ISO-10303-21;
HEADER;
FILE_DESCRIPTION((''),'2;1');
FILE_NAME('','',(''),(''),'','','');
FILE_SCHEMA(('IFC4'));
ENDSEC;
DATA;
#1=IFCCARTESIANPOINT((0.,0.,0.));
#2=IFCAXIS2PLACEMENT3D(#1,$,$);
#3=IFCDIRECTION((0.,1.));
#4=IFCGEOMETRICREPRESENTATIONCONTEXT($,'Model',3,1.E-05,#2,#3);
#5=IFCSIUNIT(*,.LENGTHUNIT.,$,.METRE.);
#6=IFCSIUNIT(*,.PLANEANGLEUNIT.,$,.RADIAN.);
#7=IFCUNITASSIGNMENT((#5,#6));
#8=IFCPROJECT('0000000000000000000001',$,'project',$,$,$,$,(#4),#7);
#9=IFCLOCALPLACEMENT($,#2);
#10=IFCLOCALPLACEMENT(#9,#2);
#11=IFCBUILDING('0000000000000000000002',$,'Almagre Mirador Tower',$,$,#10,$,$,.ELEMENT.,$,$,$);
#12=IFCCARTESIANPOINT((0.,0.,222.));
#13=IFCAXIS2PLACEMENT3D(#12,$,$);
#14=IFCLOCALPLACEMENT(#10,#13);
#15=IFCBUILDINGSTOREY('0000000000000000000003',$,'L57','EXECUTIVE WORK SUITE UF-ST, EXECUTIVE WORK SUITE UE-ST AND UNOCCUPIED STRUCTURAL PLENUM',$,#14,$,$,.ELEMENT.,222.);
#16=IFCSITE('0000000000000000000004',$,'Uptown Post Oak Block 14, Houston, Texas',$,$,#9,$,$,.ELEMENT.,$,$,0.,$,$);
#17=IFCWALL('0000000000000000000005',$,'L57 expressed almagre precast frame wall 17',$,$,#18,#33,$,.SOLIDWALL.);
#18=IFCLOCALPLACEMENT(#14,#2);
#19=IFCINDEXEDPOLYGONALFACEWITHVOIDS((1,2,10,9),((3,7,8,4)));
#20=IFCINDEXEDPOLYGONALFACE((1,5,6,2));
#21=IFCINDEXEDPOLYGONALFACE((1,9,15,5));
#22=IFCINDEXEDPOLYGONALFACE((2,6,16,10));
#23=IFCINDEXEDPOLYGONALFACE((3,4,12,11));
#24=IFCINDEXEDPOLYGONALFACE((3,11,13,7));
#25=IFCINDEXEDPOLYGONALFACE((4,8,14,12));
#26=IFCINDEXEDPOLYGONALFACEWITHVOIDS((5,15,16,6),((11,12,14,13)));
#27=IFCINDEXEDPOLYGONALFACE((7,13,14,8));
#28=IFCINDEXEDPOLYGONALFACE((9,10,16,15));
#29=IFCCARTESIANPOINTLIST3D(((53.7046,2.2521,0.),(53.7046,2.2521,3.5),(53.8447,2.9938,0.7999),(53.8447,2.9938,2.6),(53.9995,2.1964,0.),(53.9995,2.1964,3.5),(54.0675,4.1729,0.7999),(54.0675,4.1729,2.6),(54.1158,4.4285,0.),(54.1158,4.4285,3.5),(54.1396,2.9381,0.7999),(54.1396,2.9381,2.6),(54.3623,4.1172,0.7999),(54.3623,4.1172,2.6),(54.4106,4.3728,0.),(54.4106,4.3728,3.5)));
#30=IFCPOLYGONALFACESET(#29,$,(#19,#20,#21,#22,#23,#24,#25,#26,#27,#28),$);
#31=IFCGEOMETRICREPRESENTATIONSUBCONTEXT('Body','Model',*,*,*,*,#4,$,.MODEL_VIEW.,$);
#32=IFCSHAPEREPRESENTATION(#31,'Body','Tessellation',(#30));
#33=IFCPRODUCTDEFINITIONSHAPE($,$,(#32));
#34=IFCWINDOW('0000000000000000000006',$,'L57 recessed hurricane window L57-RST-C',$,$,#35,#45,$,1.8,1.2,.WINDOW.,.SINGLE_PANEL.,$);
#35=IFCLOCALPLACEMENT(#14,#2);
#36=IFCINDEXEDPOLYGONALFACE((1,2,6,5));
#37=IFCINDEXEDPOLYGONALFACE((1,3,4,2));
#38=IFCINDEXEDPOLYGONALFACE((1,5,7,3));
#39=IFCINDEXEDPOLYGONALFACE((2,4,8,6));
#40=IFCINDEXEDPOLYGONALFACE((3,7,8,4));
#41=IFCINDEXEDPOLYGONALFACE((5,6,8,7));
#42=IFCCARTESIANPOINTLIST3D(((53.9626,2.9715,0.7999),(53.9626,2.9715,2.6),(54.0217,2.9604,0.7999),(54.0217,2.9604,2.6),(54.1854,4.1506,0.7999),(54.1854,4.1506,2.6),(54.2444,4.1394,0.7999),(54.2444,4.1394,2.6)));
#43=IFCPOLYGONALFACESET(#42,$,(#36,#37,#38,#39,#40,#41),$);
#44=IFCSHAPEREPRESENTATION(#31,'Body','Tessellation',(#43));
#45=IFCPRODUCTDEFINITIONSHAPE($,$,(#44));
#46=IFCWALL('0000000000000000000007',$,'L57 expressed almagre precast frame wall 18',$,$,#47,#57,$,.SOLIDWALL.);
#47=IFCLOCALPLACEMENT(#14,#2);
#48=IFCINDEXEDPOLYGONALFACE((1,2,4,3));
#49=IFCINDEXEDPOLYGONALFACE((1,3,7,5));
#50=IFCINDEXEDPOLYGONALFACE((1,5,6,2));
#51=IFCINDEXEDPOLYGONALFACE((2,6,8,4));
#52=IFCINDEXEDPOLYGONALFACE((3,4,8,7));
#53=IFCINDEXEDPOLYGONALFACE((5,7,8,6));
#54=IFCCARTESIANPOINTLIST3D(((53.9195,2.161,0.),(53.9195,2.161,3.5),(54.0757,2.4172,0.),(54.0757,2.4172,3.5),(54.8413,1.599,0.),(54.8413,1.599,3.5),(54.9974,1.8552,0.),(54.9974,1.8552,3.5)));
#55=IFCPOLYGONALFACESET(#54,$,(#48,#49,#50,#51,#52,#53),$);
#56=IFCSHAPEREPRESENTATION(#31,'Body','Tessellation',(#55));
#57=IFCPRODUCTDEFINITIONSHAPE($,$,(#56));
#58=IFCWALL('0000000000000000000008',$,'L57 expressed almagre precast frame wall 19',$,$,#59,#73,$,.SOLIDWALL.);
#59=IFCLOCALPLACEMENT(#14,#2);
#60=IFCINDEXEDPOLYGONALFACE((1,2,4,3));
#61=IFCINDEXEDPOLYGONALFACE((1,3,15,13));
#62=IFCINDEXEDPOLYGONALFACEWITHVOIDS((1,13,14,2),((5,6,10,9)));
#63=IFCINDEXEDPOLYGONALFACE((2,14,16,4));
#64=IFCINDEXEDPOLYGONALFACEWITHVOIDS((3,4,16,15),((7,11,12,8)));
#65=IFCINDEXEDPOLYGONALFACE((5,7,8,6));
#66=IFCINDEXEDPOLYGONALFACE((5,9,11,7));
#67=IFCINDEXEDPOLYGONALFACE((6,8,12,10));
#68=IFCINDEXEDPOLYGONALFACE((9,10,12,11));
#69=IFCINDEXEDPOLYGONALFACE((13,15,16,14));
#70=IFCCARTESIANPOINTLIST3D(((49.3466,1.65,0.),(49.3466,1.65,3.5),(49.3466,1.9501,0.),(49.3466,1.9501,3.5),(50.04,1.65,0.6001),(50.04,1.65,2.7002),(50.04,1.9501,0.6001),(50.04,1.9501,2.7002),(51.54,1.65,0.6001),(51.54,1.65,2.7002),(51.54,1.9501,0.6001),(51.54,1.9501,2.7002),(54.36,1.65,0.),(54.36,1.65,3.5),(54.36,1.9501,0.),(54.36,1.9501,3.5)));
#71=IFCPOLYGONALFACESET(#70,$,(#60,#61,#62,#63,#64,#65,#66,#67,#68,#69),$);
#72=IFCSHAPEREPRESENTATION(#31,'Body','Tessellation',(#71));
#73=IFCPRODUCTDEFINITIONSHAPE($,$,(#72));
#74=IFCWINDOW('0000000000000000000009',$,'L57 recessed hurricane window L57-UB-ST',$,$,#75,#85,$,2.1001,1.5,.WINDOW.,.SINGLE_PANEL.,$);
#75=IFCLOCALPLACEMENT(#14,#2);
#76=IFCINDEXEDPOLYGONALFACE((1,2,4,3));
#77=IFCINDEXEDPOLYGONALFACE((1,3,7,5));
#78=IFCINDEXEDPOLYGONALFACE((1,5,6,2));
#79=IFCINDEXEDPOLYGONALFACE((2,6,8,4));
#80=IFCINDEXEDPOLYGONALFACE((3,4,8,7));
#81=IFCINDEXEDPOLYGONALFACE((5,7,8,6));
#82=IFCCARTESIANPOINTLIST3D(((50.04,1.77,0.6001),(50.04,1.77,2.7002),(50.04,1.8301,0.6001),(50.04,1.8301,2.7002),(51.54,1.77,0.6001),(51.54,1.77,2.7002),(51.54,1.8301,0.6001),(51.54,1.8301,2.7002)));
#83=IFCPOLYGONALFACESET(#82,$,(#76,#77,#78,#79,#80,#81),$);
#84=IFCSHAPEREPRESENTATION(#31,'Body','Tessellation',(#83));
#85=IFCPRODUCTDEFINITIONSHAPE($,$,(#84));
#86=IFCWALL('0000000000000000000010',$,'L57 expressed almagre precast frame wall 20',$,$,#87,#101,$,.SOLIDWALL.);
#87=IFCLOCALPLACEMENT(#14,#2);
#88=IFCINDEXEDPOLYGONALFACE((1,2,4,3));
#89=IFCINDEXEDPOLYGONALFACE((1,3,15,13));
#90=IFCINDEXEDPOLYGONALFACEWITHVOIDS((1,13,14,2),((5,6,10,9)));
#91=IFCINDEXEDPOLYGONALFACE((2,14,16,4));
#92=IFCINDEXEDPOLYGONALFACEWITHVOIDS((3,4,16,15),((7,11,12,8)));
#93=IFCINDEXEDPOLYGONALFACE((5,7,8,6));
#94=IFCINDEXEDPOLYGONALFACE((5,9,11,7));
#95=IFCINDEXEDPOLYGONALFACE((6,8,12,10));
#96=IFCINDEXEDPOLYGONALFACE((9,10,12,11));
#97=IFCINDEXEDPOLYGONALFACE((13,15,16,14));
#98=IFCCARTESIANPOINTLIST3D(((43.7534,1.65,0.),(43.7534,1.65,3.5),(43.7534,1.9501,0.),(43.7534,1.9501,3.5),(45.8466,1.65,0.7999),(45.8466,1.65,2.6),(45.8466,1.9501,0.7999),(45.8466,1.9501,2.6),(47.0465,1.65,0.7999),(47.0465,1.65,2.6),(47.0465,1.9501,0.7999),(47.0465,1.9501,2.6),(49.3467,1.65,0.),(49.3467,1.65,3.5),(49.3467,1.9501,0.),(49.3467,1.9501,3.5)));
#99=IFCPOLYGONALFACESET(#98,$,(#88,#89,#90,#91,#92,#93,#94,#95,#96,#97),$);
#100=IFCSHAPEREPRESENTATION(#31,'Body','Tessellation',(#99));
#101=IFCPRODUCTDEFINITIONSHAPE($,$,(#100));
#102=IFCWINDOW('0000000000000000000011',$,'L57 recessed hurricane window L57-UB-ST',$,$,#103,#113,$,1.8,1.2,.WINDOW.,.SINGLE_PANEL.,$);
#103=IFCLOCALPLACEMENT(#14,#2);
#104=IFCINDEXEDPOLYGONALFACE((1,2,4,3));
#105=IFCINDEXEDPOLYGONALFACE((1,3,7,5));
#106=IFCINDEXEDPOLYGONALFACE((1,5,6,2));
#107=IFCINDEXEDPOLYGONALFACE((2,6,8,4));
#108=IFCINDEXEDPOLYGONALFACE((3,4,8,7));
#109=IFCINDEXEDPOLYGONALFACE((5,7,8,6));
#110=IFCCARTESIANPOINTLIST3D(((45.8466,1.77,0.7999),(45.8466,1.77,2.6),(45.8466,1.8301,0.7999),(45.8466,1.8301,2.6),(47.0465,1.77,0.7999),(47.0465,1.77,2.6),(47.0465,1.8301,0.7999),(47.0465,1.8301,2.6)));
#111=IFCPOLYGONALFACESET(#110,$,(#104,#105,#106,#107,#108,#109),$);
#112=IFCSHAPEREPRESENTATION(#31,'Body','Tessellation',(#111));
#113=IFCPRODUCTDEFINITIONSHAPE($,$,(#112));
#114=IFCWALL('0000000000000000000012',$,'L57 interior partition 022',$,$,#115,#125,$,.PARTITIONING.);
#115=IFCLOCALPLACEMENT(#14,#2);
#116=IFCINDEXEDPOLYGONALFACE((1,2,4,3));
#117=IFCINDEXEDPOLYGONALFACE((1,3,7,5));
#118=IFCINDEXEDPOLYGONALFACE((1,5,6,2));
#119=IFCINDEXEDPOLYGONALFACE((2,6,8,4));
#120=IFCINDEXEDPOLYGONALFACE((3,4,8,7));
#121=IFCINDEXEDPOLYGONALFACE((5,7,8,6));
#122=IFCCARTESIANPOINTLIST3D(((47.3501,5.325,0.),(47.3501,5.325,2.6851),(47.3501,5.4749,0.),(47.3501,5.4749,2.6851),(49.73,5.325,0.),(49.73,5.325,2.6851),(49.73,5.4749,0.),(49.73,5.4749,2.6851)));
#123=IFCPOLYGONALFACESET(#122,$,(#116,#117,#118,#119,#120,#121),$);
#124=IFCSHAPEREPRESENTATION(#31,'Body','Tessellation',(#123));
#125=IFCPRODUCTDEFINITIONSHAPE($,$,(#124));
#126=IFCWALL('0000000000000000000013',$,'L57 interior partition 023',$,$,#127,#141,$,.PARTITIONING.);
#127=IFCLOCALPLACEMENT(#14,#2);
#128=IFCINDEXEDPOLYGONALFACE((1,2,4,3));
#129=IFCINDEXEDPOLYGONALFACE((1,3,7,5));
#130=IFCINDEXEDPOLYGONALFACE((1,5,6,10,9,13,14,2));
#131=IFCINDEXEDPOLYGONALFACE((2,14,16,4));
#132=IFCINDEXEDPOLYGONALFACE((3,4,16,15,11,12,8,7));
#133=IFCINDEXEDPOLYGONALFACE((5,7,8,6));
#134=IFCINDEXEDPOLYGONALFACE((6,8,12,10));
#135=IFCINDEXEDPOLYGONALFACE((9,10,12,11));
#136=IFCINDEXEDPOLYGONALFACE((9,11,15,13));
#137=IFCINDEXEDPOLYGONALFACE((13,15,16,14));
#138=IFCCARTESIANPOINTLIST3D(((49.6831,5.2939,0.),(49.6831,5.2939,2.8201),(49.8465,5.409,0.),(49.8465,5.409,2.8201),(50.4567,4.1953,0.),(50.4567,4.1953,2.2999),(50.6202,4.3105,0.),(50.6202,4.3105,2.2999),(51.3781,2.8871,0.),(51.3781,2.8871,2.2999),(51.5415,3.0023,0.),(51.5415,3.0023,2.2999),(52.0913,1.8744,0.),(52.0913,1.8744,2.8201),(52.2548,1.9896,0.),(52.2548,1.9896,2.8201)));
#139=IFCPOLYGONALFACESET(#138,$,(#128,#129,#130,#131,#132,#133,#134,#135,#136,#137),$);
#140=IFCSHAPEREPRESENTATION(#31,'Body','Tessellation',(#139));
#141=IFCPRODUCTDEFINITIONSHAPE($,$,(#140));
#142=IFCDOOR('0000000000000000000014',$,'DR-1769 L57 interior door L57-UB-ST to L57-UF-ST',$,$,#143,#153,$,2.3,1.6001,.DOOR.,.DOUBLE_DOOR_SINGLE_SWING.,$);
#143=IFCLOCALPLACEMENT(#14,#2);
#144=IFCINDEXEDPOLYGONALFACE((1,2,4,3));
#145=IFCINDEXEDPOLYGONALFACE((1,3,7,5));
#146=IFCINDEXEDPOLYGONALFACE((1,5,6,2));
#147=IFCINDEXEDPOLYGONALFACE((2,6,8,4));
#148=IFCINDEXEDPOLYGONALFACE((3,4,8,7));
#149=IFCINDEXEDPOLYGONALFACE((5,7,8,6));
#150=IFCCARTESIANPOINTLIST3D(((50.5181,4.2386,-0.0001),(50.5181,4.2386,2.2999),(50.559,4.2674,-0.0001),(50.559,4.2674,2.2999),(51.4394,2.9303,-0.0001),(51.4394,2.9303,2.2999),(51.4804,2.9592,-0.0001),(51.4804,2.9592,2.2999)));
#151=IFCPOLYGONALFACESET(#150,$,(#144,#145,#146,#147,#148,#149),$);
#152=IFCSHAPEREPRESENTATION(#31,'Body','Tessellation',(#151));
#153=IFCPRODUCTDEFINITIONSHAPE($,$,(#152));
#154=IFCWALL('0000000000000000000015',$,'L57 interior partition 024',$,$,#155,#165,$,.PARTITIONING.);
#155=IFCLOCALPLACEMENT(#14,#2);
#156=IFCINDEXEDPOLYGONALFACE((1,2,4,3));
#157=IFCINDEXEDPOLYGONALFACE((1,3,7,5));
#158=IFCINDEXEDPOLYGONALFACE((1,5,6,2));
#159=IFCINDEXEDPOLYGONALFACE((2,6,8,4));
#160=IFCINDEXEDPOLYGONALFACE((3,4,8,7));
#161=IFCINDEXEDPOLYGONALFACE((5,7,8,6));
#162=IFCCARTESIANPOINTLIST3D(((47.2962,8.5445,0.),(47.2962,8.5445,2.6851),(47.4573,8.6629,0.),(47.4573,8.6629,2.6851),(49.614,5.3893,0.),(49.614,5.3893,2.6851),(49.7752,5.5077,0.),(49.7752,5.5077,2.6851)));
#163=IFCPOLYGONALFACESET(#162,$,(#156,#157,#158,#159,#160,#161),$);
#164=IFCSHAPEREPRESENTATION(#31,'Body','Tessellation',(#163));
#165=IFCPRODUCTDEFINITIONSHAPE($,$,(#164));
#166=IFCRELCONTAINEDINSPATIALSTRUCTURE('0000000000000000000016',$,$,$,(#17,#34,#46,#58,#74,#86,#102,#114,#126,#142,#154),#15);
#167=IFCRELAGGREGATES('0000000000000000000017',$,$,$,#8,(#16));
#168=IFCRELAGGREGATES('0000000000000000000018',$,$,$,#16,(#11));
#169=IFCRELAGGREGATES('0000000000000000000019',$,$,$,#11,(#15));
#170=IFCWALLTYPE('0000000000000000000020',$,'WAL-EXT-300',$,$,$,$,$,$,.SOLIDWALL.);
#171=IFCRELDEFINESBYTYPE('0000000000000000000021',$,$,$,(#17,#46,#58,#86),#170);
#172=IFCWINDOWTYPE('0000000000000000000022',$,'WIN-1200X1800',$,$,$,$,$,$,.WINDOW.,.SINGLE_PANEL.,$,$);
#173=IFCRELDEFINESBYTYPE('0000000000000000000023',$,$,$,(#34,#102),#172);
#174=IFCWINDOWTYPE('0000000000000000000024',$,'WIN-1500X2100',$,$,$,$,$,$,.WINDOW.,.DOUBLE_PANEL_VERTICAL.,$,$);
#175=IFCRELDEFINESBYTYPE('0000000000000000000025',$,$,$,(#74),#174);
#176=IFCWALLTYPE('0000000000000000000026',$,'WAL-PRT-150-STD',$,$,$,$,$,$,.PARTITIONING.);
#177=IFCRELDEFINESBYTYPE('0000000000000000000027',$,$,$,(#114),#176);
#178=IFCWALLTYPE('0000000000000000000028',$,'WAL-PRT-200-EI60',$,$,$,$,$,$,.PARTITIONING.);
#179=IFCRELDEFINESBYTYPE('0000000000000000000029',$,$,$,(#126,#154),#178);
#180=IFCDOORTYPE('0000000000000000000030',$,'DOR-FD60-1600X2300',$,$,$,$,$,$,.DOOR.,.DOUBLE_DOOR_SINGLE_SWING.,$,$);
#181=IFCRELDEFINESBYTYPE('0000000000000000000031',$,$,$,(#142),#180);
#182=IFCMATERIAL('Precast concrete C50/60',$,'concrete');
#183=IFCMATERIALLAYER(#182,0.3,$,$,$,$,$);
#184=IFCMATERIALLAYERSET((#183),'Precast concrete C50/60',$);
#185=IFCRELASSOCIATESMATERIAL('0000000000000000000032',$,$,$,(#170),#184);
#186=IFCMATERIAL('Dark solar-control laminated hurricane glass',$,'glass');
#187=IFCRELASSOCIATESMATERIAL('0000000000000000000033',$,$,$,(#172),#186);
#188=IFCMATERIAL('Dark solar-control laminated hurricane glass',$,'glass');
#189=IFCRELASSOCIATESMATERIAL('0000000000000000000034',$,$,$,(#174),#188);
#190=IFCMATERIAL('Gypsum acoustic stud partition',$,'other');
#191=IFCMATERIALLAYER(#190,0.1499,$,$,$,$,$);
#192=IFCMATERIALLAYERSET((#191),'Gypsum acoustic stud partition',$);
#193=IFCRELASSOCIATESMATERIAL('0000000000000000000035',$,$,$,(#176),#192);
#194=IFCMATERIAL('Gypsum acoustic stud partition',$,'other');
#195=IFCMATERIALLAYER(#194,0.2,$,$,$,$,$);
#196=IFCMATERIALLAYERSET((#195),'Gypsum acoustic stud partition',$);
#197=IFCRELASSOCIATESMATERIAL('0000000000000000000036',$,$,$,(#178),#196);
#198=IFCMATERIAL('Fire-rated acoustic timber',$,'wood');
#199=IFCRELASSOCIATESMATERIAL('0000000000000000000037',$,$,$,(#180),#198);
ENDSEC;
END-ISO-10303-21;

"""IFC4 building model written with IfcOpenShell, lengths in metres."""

from ifc_helpers import new_model, si_unit, direction, frame, frame_2d, origin, place, context, subcontext, project, spatial, rectangle, extrude, material, layer, layer_set, type_object, element, fill, save


model = new_model("IFC4")

# Units and contexts
model_context = context("Model", 3, precision=1e-05, world=origin(), true_north=direction((0.0, 1.0)))
body_context = subcontext(model_context, "Body", "Model", "MODEL_VIEW")
ifc_project = project(units=[si_unit("LENGTHUNIT", "METRE"), si_unit("PLANEANGLEUNIT", "RADIAN")], contexts=[model_context])

# Site, building, storey
site_placement = place(None, origin())
site = spatial("IfcSite", under=ifc_project, at=site_placement, Name="Uptown Post Oak Block 14, Houston, Texas", CompositionType="ELEMENT", RefElevation=0.0)
building_placement = place(site_placement, origin())
building = spatial("IfcBuilding", under=site, at=building_placement, Name="Almagre Mirador Tower", CompositionType="ELEMENT")
storey_placement = place(building_placement, frame((0.0, 0.0, 222.0)))
storey = spatial("IfcBuildingStorey", under=building, at=storey_placement, Name="L57", Description="EXECUTIVE WORK SUITE UF-ST, EXECUTIVE WORK SUITE UE-ST AND UNOCCUPIED STRUCTURAL PLENUM", CompositionType="ELEMENT", Elevation=222.0)

# Shared definitions
ifc_material_1 = material(Name="Precast concrete C50/60", Category="concrete")
ifc_layer_1 = layer(ifc_material_1, 0.3)
ifc_layer_set_1 = layer_set([ifc_layer_1], Name="Precast concrete C50/60")
wall_type_1 = type_object("IfcWallType", Name="WAL-EXT-300", PredefinedType="SOLIDWALL", material=ifc_layer_set_1)

# Wall, opening, window
wall_1_placement = place(storey_placement, frame((54.2632, 4.4006, 0.0), z_axis=(0.0, 0.0, 1.0), x_axis=(-0.185633, -0.982619, 0.0)))
wall_1 = element("IfcWall", 1, at=wall_1_placement, inside=storey, type_object=wall_type_1, Name="L57 expressed almagre precast frame wall 17", PredefinedType="SOLIDWALL", context=body_context, shape_type="SweptSolid", body=[
    extrude(rectangle(XDim=2.2148, YDim=0.3, at=frame_2d((1.1074, 0.0))), origin(), (0.0, 0.0, 1.0), 3.5),
])
opening_1_placement = place(wall_1_placement, frame((0.26, 0.0, 0.8)))
opening_1 = element("IfcOpeningElement", 2, at=opening_1_placement, cuts=wall_1, PredefinedType="OPENING", context=body_context, shape_type="SweptSolid", body=[
    extrude(rectangle(XDim=1.2, YDim=1.8, at=frame_2d((0.6001, 0.8999))), frame((0.0, 0.1599, 0.0), z_axis=(0.0, -1.0, 0.0), x_axis=(1.0, 0.0, 0.0)), (0.0, 0.0, 1.0), 0.32),
])
ifc_material_2 = material(Name="Dark solar-control laminated hurricane glass", Category="glass")
window_type_1 = type_object("IfcWindowType", Name="WIN-1200X1800", PartitioningType="SINGLE_PANEL", PredefinedType="WINDOW", material=ifc_material_2)
window_1_placement = place(opening_1_placement, origin())
window_1 = element("IfcWindow", 3, at=window_1_placement, inside=storey, type_object=window_type_1, Name="L57 recessed hurricane window L57-RST-C", OverallHeight=1.8, OverallWidth=1.2, PartitioningType="SINGLE_PANEL", PredefinedType="WINDOW", context=body_context, shape_type="SweptSolid", body=[
    extrude(rectangle(XDim=1.2, YDim=1.8, at=frame_2d((0.6001, 0.8999))), frame((0.0, 0.03, 0.0), z_axis=(0.0, -1.0, 0.0), x_axis=(1.0, 0.0, 0.0)), (0.0, 0.0, 1.0), 0.0601),
])
fill(opening_1, window_1)

# Wall
wall_2_placement = place(storey_placement, frame((53.9976, 2.2891, 0.0), z_axis=(0.0, 0.0, 1.0), x_axis=(0.85384, -0.520535, 0.0)))
element("IfcWall", 4, at=wall_2_placement, inside=storey, type_object=wall_type_1, Name="L57 expressed almagre precast frame wall 18", PredefinedType="SOLIDWALL", context=body_context, shape_type="SweptSolid", body=[
    extrude(rectangle(XDim=1.0796, YDim=0.3, at=frame_2d((0.5398, 0.0))), origin(), (0.0, 0.0, 1.0), 3.5),
])

# Walls, openings, windows
wall_3_placement = place(storey_placement, frame((54.3601, 1.8, 0.0), z_axis=(0.0, 0.0, 1.0), x_axis=(-1.0, 0.0, 0.0)))
wall_3 = element("IfcWall", 5, at=wall_3_placement, inside=storey, type_object=wall_type_1, Name="L57 expressed almagre precast frame wall 19", PredefinedType="SOLIDWALL", context=body_context, shape_type="SweptSolid", body=[
    extrude(rectangle(XDim=5.0134, YDim=0.3, at=frame_2d((2.5068, 0.0))), origin(), (0.0, 0.0, 1.0), 3.5),
])
opening_2_placement = place(wall_3_placement, frame((2.8201, 0.0, 0.6001)))
opening_2 = element("IfcOpeningElement", 6, at=opening_2_placement, cuts=wall_3, PredefinedType="OPENING", context=body_context, shape_type="SweptSolid", body=[
    extrude(rectangle(XDim=1.5, YDim=2.1001, at=frame_2d((0.75, 1.05))), frame((0.0, 0.1599, 0.0), z_axis=(0.0, -1.0, 0.0), x_axis=(1.0, 0.0, 0.0)), (0.0, 0.0, 1.0), 0.32),
])
ifc_material_3 = material(Name="Dark solar-control laminated hurricane glass", Category="glass")
window_type_2 = type_object("IfcWindowType", Name="WIN-1500X2100", PartitioningType="DOUBLE_PANEL_VERTICAL", PredefinedType="WINDOW", material=ifc_material_3)
window_2_placement = place(opening_2_placement, origin())
window_2 = element("IfcWindow", 7, at=window_2_placement, inside=storey, type_object=window_type_2, Name="L57 recessed hurricane window L57-UB-ST", OverallHeight=2.1001, OverallWidth=1.5, PartitioningType="SINGLE_PANEL", PredefinedType="WINDOW", context=body_context, shape_type="SweptSolid", body=[
    extrude(rectangle(XDim=1.5, YDim=2.1001, at=frame_2d((0.75, 1.05))), frame((0.0, 0.03, 0.0), z_axis=(0.0, -1.0, 0.0), x_axis=(1.0, 0.0, 0.0)), (0.0, 0.0, 1.0), 0.0601),
])
fill(opening_2, window_2)
wall_4_placement = place(storey_placement, frame((49.3467, 1.8, 0.0), z_axis=(0.0, 0.0, 1.0), x_axis=(-1.0, 0.0, 0.0)))
wall_4 = element("IfcWall", 8, at=wall_4_placement, inside=storey, type_object=wall_type_1, Name="L57 expressed almagre precast frame wall 20", PredefinedType="SOLIDWALL", context=body_context, shape_type="SweptSolid", body=[
    extrude(rectangle(XDim=5.5933, YDim=0.3, at=frame_2d((2.7966, 0.0))), origin(), (0.0, 0.0, 1.0), 3.5),
])
opening_3_placement = place(wall_4_placement, frame((2.3, 0.0, 0.8)))
opening_3 = element("IfcOpeningElement", 9, at=opening_3_placement, cuts=wall_4, PredefinedType="OPENING", context=body_context, shape_type="SweptSolid", body=[
    extrude(rectangle(XDim=1.2, YDim=1.8, at=frame_2d((0.6001, 0.8999))), frame((0.0, 0.1599, 0.0), z_axis=(0.0, -1.0, 0.0), x_axis=(1.0, 0.0, 0.0)), (0.0, 0.0, 1.0), 0.32),
])
window_3_placement = place(opening_3_placement, origin())
window_3 = element("IfcWindow", 10, at=window_3_placement, inside=storey, type_object=window_type_1, Name="L57 recessed hurricane window L57-UB-ST", OverallHeight=1.8, OverallWidth=1.2, PartitioningType="SINGLE_PANEL", PredefinedType="WINDOW", context=body_context, shape_type="SweptSolid", body=[
    extrude(rectangle(XDim=1.2, YDim=1.8, at=frame_2d((0.6001, 0.8999))), frame((0.0, 0.03, 0.0), z_axis=(0.0, -1.0, 0.0), x_axis=(1.0, 0.0, 0.0)), (0.0, 0.0, 1.0), 0.0601),
])
fill(opening_3, window_3)

# Wall
ifc_material_4 = material(Name="Gypsum acoustic stud partition", Category="other")
ifc_layer_2 = layer(ifc_material_4, 0.1499)
ifc_layer_set_2 = layer_set([ifc_layer_2], Name="Gypsum acoustic stud partition")
wall_type_2 = type_object("IfcWallType", Name="WAL-PRT-150-STD", PredefinedType="PARTITIONING", material=ifc_layer_set_2)
wall_5_placement = place(storey_placement, frame((49.73, 5.3999, 0.0), z_axis=(0.0, 0.0, 1.0), x_axis=(-1.0, 0.0, 0.0)))
element("IfcWall", 11, at=wall_5_placement, inside=storey, type_object=wall_type_2, Name="L57 interior partition 022", PredefinedType="PARTITIONING", context=body_context, shape_type="SweptSolid", body=[
    extrude(rectangle(XDim=2.3799, YDim=0.1499, at=frame_2d((1.1899, 0.0))), origin(), (0.0, 0.0, 1.0), 2.6851),
])

# Wall, opening, door
ifc_material_5 = material(Name="Gypsum acoustic stud partition", Category="other")
ifc_layer_3 = layer(ifc_material_5, 0.2)
ifc_layer_set_3 = layer_set([ifc_layer_3], Name="Gypsum acoustic stud partition")
wall_type_3 = type_object("IfcWallType", Name="WAL-PRT-200-EI60", PredefinedType="PARTITIONING", material=ifc_layer_set_3)
wall_6_placement = place(storey_placement, frame((52.1731, 1.9319, 0.0), z_axis=(0.0, 0.0, 1.0), x_axis=(-0.575803, 0.817589, 0.0)))
wall_6 = element("IfcWall", 12, at=wall_6_placement, inside=storey, type_object=wall_type_3, Name="L57 interior partition 023", PredefinedType="PARTITIONING", context=body_context, shape_type="SweptSolid", body=[
    extrude(rectangle(XDim=4.1824, YDim=0.2, at=frame_2d((2.0913, 0.0))), origin(), (0.0, 0.0, 1.0), 2.8201),
])
opening_4_placement = place(wall_6_placement, frame((1.2388, 0.0, 0.0)))
opening_4 = element("IfcOpeningElement", 13, at=opening_4_placement, cuts=wall_6, PredefinedType="OPENING", context=body_context, shape_type="SweptSolid", body=[
    extrude(rectangle(XDim=1.6001, YDim=2.3, at=frame_2d((0.8, 1.1499))), frame((0.0, 0.1101, 0.0), z_axis=(0.0, -1.0, 0.0), x_axis=(1.0, 0.0, 0.0)), (0.0, 0.0, 1.0), 0.22),
])
ifc_material_6 = material(Name="Fire-rated acoustic timber", Category="wood")
door_type = type_object("IfcDoorType", Name="DOR-FD60-1600X2300", OperationType="DOUBLE_DOOR_SINGLE_SWING", PredefinedType="DOOR", material=ifc_material_6)
door_placement = place(opening_4_placement, origin())
door = element("IfcDoor", 14, at=door_placement, inside=storey, type_object=door_type, Name="DR-1769 L57 interior door L57-UB-ST to L57-UF-ST", OperationType="DOUBLE_DOOR_SINGLE_SWING", OverallHeight=2.3, OverallWidth=1.6001, PredefinedType="DOOR", context=body_context, shape_type="SweptSolid", body=[
    extrude(rectangle(XDim=1.6001, YDim=2.3, at=frame_2d((0.8, 1.1499))), frame((0.0, 0.0249, 0.0), z_axis=(0.0, -1.0, 0.0), x_axis=(1.0, 0.0, 0.0)), (0.0, 0.0, 1.0), 0.05),
])
fill(opening_4, door)

# Wall
wall_7_placement = place(storey_placement, frame((49.6946, 5.4485, 0.0), z_axis=(0.0, 0.0, 1.0), x_axis=(-0.592028, 0.805917, 0.0)))
element("IfcWall", 15, at=wall_7_placement, inside=storey, type_object=wall_type_3, Name="L57 interior partition 024", PredefinedType="PARTITIONING", context=body_context, shape_type="SweptSolid", body=[
    extrude(rectangle(XDim=3.915, YDim=0.2, at=frame_2d((1.9575, 0.0))), origin(), (0.0, 0.0, 1.0), 2.6851),
])

save(model, "model.ifc")
